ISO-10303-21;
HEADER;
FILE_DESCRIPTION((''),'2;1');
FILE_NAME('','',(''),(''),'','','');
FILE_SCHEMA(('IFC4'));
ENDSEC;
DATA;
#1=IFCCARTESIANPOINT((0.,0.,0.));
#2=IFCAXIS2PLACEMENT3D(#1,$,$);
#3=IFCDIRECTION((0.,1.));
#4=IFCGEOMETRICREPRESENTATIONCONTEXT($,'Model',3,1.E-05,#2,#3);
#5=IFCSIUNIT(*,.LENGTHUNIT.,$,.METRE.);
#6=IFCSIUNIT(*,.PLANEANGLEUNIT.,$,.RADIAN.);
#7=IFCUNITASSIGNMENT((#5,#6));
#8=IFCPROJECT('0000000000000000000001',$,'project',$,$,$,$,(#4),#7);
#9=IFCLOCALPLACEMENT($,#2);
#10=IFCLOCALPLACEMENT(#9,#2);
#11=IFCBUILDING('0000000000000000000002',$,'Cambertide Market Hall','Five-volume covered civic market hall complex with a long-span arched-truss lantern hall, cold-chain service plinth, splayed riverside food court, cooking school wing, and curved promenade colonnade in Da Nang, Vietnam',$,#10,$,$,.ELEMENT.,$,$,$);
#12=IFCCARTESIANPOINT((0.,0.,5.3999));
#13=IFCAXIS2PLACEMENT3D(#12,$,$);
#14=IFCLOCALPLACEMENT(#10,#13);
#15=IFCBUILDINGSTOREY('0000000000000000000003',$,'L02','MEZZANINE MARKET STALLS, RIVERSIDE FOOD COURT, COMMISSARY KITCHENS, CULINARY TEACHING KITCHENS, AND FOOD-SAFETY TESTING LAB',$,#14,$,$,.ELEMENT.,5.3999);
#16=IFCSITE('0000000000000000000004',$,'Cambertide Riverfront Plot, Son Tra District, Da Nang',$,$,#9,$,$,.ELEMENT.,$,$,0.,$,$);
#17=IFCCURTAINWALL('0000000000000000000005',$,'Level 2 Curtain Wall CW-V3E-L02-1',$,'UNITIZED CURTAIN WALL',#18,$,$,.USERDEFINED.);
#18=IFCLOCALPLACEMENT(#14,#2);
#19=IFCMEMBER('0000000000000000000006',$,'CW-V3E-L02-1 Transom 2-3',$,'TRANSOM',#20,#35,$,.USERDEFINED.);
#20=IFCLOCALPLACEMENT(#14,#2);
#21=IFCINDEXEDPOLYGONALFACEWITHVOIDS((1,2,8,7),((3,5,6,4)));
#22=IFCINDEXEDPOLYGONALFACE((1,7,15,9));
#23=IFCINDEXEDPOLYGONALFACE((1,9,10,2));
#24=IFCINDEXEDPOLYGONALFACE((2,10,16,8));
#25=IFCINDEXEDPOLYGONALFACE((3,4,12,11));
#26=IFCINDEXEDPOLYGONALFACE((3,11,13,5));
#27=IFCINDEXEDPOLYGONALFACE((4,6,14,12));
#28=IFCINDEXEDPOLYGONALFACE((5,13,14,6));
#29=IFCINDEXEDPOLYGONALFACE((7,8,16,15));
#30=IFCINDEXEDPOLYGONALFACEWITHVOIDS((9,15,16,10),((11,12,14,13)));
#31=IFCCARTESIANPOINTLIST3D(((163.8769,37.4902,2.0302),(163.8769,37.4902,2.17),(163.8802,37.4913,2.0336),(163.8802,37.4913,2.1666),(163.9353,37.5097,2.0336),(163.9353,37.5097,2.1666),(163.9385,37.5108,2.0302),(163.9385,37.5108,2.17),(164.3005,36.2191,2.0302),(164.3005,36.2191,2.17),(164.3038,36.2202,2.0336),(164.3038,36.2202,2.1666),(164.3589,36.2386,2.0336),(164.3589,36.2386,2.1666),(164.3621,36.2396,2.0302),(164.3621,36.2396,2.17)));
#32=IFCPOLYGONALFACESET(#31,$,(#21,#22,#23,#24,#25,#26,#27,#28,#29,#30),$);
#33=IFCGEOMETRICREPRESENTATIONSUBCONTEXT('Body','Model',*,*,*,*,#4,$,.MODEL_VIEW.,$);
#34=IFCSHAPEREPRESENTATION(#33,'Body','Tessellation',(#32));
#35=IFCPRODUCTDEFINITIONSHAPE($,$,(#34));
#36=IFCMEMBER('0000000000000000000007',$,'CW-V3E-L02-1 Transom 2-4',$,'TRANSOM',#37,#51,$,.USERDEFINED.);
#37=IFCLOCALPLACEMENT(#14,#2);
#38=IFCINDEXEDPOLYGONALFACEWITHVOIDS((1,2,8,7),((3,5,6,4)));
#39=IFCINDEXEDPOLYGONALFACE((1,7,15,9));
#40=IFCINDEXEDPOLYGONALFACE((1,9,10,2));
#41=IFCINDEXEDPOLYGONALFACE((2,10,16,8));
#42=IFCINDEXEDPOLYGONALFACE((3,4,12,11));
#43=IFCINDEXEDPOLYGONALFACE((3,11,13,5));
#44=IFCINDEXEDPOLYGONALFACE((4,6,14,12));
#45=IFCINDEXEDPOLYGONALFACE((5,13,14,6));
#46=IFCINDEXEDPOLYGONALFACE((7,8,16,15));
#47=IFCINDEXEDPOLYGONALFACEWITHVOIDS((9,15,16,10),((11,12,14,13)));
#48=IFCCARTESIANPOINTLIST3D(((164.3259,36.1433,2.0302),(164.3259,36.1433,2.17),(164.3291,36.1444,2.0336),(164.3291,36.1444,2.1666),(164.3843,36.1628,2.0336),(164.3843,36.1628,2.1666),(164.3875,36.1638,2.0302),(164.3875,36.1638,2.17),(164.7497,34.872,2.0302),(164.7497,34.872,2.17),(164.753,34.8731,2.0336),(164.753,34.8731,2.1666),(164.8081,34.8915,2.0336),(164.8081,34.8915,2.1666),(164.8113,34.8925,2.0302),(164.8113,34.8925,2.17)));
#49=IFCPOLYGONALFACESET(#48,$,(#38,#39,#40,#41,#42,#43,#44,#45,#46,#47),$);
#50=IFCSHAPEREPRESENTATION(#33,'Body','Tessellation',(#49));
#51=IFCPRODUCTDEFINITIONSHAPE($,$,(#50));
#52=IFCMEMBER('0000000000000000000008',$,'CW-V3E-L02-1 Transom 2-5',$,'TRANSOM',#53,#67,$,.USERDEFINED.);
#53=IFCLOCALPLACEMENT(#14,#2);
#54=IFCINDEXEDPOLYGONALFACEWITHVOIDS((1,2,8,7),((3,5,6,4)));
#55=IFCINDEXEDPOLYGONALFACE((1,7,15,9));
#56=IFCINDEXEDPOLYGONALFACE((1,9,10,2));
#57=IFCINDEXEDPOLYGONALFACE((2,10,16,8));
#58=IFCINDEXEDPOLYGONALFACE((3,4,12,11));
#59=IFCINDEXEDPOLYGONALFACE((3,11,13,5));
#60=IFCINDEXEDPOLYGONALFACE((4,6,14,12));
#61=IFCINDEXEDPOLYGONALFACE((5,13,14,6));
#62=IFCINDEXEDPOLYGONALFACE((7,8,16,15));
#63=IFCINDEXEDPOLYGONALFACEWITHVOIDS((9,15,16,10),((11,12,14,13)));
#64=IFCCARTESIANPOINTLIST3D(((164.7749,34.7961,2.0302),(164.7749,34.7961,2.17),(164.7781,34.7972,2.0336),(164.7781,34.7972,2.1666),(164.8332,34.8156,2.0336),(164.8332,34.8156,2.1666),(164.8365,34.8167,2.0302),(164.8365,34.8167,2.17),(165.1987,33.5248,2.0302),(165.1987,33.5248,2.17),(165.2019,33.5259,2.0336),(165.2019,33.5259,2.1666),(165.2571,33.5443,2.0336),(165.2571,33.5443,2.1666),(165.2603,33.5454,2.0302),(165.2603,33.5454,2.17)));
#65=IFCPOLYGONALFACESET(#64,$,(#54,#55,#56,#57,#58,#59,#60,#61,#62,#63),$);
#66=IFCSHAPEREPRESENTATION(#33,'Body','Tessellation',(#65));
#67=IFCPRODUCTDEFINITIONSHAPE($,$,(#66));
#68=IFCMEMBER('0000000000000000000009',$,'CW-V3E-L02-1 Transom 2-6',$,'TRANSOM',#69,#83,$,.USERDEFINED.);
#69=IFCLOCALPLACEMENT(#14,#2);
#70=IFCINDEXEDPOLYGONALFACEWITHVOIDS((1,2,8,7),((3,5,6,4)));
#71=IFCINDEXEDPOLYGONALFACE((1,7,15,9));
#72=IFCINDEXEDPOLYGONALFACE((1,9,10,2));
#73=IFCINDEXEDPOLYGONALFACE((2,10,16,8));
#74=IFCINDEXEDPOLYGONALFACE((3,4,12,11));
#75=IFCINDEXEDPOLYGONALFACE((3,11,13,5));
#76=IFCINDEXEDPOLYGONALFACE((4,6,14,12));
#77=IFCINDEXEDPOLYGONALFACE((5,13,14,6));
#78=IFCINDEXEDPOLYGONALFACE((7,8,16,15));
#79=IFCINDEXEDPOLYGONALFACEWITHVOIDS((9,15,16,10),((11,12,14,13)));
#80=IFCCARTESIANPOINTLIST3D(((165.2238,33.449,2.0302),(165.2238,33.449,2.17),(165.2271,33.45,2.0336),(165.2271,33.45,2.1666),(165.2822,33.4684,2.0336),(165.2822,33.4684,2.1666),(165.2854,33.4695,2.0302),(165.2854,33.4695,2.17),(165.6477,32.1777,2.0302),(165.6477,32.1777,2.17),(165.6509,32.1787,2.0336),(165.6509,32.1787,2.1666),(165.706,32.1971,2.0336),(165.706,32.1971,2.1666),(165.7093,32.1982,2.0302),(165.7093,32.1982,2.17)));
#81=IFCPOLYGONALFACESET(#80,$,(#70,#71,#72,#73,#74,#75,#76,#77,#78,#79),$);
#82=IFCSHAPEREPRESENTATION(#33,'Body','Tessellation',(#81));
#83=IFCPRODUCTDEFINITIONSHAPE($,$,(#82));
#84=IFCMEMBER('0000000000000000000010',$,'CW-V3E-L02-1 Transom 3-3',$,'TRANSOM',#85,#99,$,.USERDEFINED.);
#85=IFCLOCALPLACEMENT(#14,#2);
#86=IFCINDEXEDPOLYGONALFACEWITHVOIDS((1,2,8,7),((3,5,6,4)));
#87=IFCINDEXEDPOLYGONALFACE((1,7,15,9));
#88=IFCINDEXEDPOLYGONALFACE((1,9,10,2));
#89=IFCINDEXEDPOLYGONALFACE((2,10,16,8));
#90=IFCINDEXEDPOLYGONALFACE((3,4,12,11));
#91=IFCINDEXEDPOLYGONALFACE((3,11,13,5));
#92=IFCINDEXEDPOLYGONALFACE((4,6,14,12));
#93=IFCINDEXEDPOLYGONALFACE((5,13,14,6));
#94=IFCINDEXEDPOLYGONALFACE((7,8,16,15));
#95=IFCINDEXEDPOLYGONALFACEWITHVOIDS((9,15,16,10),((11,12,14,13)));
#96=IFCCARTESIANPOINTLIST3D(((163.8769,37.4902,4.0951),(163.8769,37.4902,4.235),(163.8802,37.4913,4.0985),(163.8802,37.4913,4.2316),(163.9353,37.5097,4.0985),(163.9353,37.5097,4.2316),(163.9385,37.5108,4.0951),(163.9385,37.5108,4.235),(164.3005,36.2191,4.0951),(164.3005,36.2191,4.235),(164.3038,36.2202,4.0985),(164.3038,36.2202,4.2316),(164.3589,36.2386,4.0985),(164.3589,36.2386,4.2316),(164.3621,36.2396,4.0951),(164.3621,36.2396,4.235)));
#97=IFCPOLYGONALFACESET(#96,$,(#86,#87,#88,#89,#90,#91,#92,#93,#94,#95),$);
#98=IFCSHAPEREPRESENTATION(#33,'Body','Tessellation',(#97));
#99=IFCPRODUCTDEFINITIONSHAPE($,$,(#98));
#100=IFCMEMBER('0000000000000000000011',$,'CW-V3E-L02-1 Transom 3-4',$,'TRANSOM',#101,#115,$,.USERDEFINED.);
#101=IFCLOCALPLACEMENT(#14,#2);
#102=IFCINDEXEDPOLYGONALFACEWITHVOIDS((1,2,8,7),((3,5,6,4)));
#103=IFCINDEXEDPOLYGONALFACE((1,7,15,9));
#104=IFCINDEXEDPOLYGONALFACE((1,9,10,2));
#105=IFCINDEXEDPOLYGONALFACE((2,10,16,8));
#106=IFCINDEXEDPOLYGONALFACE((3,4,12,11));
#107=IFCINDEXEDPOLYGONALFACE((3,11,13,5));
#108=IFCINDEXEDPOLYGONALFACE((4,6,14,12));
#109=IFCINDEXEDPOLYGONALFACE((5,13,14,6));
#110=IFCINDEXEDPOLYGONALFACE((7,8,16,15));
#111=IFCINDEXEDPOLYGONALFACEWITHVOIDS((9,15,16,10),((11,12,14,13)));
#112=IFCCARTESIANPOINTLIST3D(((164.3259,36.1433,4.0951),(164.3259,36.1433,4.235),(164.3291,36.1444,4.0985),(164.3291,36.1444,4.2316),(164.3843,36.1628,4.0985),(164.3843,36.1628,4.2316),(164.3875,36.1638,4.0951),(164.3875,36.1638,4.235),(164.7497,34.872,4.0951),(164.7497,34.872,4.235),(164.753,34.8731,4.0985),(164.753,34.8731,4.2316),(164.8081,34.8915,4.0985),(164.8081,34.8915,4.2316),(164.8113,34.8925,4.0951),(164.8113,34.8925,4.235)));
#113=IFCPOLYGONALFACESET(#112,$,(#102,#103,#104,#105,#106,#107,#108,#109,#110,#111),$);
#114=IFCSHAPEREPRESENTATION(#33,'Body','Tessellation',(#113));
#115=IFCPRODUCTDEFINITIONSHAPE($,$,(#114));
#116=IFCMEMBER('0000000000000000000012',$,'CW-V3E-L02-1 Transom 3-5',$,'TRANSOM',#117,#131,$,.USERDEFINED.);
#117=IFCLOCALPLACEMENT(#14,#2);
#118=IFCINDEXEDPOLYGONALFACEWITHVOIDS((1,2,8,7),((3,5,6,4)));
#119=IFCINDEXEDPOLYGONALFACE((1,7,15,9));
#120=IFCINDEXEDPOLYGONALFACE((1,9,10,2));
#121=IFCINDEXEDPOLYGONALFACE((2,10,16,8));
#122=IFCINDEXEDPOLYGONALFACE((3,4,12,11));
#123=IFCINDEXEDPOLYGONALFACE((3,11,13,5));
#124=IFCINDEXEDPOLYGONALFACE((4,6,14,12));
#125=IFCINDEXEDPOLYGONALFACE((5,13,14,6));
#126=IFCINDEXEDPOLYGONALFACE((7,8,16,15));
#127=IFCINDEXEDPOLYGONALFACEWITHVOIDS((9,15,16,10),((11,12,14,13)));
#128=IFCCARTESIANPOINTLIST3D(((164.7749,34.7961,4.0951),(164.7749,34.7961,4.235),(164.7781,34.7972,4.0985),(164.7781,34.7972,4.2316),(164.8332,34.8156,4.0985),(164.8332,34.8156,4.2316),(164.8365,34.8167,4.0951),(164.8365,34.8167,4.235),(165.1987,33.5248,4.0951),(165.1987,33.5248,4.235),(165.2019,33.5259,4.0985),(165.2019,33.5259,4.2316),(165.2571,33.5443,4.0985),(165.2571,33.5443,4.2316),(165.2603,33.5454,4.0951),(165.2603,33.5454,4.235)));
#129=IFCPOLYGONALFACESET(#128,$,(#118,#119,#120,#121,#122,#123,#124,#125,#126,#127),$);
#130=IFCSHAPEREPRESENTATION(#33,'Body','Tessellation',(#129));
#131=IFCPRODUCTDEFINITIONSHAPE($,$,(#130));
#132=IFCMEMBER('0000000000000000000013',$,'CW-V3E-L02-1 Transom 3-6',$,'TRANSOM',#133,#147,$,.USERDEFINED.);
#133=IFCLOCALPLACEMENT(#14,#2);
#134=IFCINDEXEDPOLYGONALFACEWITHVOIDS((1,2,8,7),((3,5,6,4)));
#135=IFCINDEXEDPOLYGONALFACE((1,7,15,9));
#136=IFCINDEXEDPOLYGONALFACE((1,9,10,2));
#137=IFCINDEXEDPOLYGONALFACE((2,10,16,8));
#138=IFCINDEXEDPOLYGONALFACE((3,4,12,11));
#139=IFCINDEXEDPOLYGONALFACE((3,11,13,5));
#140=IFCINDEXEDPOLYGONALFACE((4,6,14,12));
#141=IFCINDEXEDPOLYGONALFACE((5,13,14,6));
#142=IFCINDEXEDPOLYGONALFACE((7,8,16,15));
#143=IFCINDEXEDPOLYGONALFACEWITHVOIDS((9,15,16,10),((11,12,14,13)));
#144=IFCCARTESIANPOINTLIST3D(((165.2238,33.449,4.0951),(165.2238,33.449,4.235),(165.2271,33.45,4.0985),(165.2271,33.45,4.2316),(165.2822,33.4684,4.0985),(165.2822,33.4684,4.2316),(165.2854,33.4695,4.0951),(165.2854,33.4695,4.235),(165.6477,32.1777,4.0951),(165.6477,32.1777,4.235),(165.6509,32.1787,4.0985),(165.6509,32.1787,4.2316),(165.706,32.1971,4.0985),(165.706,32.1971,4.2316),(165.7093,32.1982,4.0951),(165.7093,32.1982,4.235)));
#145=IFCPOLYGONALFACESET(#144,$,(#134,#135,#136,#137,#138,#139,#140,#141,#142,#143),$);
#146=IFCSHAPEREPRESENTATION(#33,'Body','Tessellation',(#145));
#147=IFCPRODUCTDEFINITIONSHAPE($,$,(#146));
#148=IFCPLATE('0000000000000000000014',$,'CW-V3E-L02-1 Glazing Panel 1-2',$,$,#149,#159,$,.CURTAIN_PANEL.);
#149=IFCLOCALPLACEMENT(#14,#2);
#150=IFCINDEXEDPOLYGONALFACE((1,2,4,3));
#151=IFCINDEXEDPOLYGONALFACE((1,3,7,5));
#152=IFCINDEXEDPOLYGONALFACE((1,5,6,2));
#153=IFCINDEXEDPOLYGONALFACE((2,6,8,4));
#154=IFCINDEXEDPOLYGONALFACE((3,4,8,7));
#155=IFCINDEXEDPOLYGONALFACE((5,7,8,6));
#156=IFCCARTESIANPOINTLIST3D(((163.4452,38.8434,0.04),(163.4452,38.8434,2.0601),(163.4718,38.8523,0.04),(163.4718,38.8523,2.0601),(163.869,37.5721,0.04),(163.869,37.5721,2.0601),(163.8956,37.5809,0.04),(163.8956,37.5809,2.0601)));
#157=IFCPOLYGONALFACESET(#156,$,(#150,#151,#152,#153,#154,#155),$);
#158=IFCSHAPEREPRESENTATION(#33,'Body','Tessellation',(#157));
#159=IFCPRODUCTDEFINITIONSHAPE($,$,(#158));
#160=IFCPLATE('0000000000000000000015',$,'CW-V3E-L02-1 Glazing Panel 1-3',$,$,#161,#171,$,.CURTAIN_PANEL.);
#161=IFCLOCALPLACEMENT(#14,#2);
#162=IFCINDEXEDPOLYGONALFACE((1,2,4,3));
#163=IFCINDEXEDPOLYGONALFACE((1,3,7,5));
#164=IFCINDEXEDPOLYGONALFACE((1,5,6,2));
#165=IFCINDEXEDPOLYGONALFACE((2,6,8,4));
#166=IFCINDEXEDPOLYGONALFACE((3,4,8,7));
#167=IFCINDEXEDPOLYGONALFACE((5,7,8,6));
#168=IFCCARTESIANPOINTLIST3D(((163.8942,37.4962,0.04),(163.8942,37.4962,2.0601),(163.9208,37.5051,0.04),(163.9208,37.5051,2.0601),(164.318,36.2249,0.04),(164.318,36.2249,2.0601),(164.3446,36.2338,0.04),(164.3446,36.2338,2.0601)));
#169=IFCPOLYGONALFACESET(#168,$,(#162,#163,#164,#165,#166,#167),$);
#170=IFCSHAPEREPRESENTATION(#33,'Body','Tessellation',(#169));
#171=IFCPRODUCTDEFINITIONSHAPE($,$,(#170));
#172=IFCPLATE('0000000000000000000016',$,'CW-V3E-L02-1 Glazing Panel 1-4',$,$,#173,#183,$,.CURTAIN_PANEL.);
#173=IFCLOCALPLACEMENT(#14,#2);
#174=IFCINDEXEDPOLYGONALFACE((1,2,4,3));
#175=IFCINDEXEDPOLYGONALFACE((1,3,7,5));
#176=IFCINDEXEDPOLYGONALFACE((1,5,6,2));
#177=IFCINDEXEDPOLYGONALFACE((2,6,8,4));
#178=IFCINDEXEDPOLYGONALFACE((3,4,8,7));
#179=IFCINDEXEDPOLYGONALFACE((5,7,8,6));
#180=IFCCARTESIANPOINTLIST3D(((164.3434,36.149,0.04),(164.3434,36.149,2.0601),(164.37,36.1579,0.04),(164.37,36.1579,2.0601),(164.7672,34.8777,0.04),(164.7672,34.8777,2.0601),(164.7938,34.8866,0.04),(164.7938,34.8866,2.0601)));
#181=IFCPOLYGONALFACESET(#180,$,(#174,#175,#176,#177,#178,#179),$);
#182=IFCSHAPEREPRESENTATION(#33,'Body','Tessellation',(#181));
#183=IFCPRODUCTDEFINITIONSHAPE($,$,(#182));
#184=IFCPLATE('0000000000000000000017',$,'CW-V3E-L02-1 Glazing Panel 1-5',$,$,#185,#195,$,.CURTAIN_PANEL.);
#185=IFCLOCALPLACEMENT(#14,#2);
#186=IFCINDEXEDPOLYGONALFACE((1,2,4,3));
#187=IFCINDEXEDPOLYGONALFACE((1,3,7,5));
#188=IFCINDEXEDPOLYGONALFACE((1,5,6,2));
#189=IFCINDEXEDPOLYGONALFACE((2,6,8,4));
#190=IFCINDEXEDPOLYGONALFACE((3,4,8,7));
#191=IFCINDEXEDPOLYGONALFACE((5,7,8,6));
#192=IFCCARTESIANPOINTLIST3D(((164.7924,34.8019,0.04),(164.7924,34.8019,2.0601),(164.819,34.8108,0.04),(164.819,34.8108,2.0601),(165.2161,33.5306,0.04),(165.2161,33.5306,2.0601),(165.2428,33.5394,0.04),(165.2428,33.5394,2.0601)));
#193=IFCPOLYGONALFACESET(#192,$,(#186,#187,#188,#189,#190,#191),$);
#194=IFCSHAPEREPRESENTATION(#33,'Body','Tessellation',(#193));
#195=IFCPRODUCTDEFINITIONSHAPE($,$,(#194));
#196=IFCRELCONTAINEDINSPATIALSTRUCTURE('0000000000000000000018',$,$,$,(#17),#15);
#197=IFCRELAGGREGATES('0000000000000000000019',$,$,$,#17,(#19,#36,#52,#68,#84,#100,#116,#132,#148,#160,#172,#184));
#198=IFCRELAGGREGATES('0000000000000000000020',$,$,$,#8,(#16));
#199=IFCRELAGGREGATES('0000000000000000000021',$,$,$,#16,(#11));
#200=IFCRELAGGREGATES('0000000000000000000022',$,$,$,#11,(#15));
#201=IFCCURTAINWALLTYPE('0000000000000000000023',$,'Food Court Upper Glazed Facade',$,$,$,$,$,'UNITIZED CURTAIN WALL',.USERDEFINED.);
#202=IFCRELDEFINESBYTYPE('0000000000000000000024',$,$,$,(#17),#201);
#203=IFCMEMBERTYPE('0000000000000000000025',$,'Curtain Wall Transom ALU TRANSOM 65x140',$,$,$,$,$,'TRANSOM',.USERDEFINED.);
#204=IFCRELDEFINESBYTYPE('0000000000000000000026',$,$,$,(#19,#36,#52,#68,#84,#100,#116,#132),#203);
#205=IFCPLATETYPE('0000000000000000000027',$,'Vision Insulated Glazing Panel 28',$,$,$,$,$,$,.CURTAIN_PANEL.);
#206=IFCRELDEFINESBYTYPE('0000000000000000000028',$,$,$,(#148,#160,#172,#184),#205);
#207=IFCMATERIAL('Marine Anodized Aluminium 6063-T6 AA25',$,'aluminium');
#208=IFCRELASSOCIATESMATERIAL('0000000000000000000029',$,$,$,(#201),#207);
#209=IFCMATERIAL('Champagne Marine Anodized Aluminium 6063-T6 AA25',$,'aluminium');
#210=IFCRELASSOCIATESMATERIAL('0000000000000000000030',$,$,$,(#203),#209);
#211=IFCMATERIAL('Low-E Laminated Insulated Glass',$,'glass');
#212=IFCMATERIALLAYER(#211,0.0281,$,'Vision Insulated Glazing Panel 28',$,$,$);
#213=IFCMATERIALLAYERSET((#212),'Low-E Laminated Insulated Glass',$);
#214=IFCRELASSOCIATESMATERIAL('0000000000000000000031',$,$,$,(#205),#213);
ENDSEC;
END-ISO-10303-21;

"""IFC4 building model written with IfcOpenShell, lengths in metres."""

from ifc_helpers import new_model, si_unit, direction, frame, origin, origin_2d, place, context, subcontext, project, spatial, rectangle, hollow_rectangle, extrude, material, layer, layer_set, material_profile, profile_set, type_object, element, aggregate, save


model = new_model("IFC4")

# Units and contexts
model_context = context("Model", 3, precision=1e-05, world=origin(), true_north=direction((0.0, 1.0)))
body_context = subcontext(model_context, "Body", "Model", "MODEL_VIEW")
ifc_project = project(units=[si_unit("LENGTHUNIT", "METRE"), si_unit("PLANEANGLEUNIT", "RADIAN")], contexts=[model_context])

# Site, building, storey
site_placement = place(None, origin())
site = spatial("IfcSite", under=ifc_project, at=site_placement, Name="Cambertide Riverfront Plot, Son Tra District, Da Nang", CompositionType="ELEMENT", RefElevation=0.0)
building_placement = place(site_placement, origin())
building = spatial("IfcBuilding", under=site, at=building_placement, Name="Cambertide Market Hall", Description="Five-volume covered civic market hall complex with a long-span arched-truss lantern hall, cold-chain service plinth, splayed riverside food court, cooking school wing, and curved promenade colonnade in Da Nang, Vietnam", CompositionType="ELEMENT")
storey_placement = place(building_placement, frame((0.0, 0.0, 5.3999)))
storey = spatial("IfcBuildingStorey", under=building, at=storey_placement, Name="L02", Description="MEZZANINE MARKET STALLS, RIVERSIDE FOOD COURT, COMMISSARY KITCHENS, CULINARY TEACHING KITCHENS, AND FOOD-SAFETY TESTING LAB", CompositionType="ELEMENT", Elevation=5.3999)

# Curtain wall, members, plates
ifc_material_1 = material(Name="Marine Anodized Aluminium 6063-T6 AA25", Category="aluminium")
curtain_wall_type = type_object("IfcCurtainWallType", Name="Food Court Upper Glazed Facade", ElementType="UNITIZED CURTAIN WALL", PredefinedType="USERDEFINED", material=ifc_material_1)
curtain_wall_placement = place(storey_placement, origin())
curtain_wall = element("IfcCurtainWall", 1, at=curtain_wall_placement, inside=storey, type_object=curtain_wall_type, Name="Level 2 Curtain Wall CW-V3E-L02-1", ObjectType="UNITIZED CURTAIN WALL", PredefinedType="USERDEFINED")
ifc_material_2 = material(Name="Champagne Marine Anodized Aluminium 6063-T6 AA25", Category="aluminium")
ifc_material_profile_1 = material_profile(ifc_material_2, hollow_rectangle(XDim=0.0649, YDim=0.1399, WallThickness=0.0034, at=origin_2d()), Name="ALU TRANSOM 65x140")
ifc_profile_set_1 = profile_set([ifc_material_profile_1], Name="Champagne Marine Anodized Aluminium 6063-T6 AA25")
member_type_1 = type_object("IfcMemberType", Name="Curtain Wall Transom ALU TRANSOM 65x140", ElementType="TRANSOM", PredefinedType="USERDEFINED", material=ifc_profile_set_1)
member_1_placement = place(storey_placement, frame((163.9077, 37.5005, 2.1001), z_axis=(0.316173, -0.948702, 0.0), x_axis=(0.948702, 0.316173, 0.0)))
member_1 = element("IfcMember", 2, at=member_1_placement, type_object=member_type_1, Name="CW-V3E-L02-1 Transom 2-3", ObjectType="TRANSOM", PredefinedType="USERDEFINED", context=body_context, shape_type="SweptSolid", body=[
    extrude(hollow_rectangle(XDim=0.0649, YDim=0.1399, WallThickness=0.0034, at=origin_2d()), origin(), (0.0, 0.0, 1.0), 1.3398),
])
member_2_placement = place(storey_placement, frame((164.3567, 36.1536, 2.1001), z_axis=(0.316282, -0.948665, 0.0), x_axis=(0.948665, 0.316282, 0.0)))
member_2 = element("IfcMember", 3, at=member_2_placement, type_object=member_type_1, Name="CW-V3E-L02-1 Transom 2-4", ObjectType="TRANSOM", PredefinedType="USERDEFINED", context=body_context, shape_type="SweptSolid", body=[
    extrude(hollow_rectangle(XDim=0.0649, YDim=0.1399, WallThickness=0.0034, at=origin_2d()), origin(), (0.0, 0.0, 1.0), 1.3401),
])
member_3_placement = place(storey_placement, frame((164.8057, 34.8064, 2.1001), z_axis=(0.316282, -0.948665, 0.0), x_axis=(0.948665, 0.316282, 0.0)))
member_3 = element("IfcMember", 4, at=member_3_placement, type_object=member_type_1, Name="CW-V3E-L02-1 Transom 2-5", ObjectType="TRANSOM", PredefinedType="USERDEFINED", context=body_context, shape_type="SweptSolid", body=[
    extrude(hollow_rectangle(XDim=0.0649, YDim=0.1399, WallThickness=0.0034, at=origin_2d()), origin(), (0.0, 0.0, 1.0), 1.3401),
])
member_4_placement = place(storey_placement, frame((165.2546, 33.4592, 2.1001), z_axis=(0.316282, -0.948665, 0.0), x_axis=(0.948665, 0.316282, 0.0)))
member_4 = element("IfcMember", 5, at=member_4_placement, type_object=member_type_1, Name="CW-V3E-L02-1 Transom 2-6", ObjectType="TRANSOM", PredefinedType="USERDEFINED", context=body_context, shape_type="SweptSolid", body=[
    extrude(hollow_rectangle(XDim=0.0649, YDim=0.1399, WallThickness=0.0034, at=origin_2d()), origin(), (0.0, 0.0, 1.0), 1.3401),
])
member_5_placement = place(storey_placement, frame((163.9077, 37.5005, 4.165), z_axis=(0.316173, -0.948702, 0.0), x_axis=(0.948702, 0.316173, 0.0)))
member_5 = element("IfcMember", 6, at=member_5_placement, type_object=member_type_1, Name="CW-V3E-L02-1 Transom 3-3", ObjectType="TRANSOM", PredefinedType="USERDEFINED", context=body_context, shape_type="SweptSolid", body=[
    extrude(hollow_rectangle(XDim=0.0649, YDim=0.1399, WallThickness=0.0034, at=origin_2d()), origin(), (0.0, 0.0, 1.0), 1.3398),
])
member_6_placement = place(storey_placement, frame((164.3567, 36.1536, 4.165), z_axis=(0.316282, -0.948665, 0.0), x_axis=(0.948665, 0.316282, 0.0)))
member_6 = element("IfcMember", 7, at=member_6_placement, type_object=member_type_1, Name="CW-V3E-L02-1 Transom 3-4", ObjectType="TRANSOM", PredefinedType="USERDEFINED", context=body_context, shape_type="SweptSolid", body=[
    extrude(hollow_rectangle(XDim=0.0649, YDim=0.1399, WallThickness=0.0034, at=origin_2d()), origin(), (0.0, 0.0, 1.0), 1.3401),
])
member_7_placement = place(storey_placement, frame((164.8057, 34.8064, 4.165), z_axis=(0.316282, -0.948665, 0.0), x_axis=(0.948665, 0.316282, 0.0)))
member_7 = element("IfcMember", 8, at=member_7_placement, type_object=member_type_1, Name="CW-V3E-L02-1 Transom 3-5", ObjectType="TRANSOM", PredefinedType="USERDEFINED", context=body_context, shape_type="SweptSolid", body=[
    extrude(hollow_rectangle(XDim=0.0649, YDim=0.1399, WallThickness=0.0034, at=origin_2d()), origin(), (0.0, 0.0, 1.0), 1.3401),
])
member_8_placement = place(storey_placement, frame((165.2546, 33.4592, 4.165), z_axis=(0.316282, -0.948665, 0.0), x_axis=(0.948665, 0.316282, 0.0)))
member_8 = element("IfcMember", 9, at=member_8_placement, type_object=member_type_1, Name="CW-V3E-L02-1 Transom 3-6", ObjectType="TRANSOM", PredefinedType="USERDEFINED", context=body_context, shape_type="SweptSolid", body=[
    extrude(hollow_rectangle(XDim=0.0649, YDim=0.1399, WallThickness=0.0034, at=origin_2d()), origin(), (0.0, 0.0, 1.0), 1.3401),
])
ifc_material_3 = material(Name="Low-E Laminated Insulated Glass", Category="glass")
ifc_layer = layer(ifc_material_3, 0.0281, Name="Vision Insulated Glazing Panel 28")
ifc_layer_set = layer_set([ifc_layer], Name="Low-E Laminated Insulated Glass")
plate_type = type_object("IfcPlateType", Name="Vision Insulated Glazing Panel 28", PredefinedType="CURTAIN_PANEL", material=ifc_layer_set)
plate_1_placement = place(storey_placement, frame((163.6704, 38.2122, 0.04), z_axis=(0.0, 0.0, 1.0), x_axis=(0.316228, -0.948683, 0.0)))
plate_1 = element("IfcPlate", 10, at=plate_1_placement, type_object=plate_type, Name="CW-V3E-L02-1 Glazing Panel 1-2", PredefinedType="CURTAIN_PANEL", context=body_context, shape_type="SweptSolid", body=[
    extrude(rectangle(XDim=1.3401, YDim=0.0281, at=origin_2d()), origin(), (0.0, 0.0, 1.0), 2.02),
])
plate_2_placement = place(storey_placement, frame((164.1194, 36.865, 0.04), z_axis=(0.0, 0.0, 1.0), x_axis=(0.316228, -0.948683, 0.0)))
plate_2 = element("IfcPlate", 11, at=plate_2_placement, type_object=plate_type, Name="CW-V3E-L02-1 Glazing Panel 1-3", PredefinedType="CURTAIN_PANEL", context=body_context, shape_type="SweptSolid", body=[
    extrude(rectangle(XDim=1.3401, YDim=0.0281, at=origin_2d()), origin(), (0.0, 0.0, 1.0), 2.02),
])
plate_3_placement = place(storey_placement, frame((164.5686, 35.5178, 0.04), z_axis=(0.0, 0.0, 1.0), x_axis=(0.316228, -0.948683, 0.0)))
plate_3 = element("IfcPlate", 12, at=plate_3_placement, type_object=plate_type, Name="CW-V3E-L02-1 Glazing Panel 1-4", PredefinedType="CURTAIN_PANEL", context=body_context, shape_type="SweptSolid", body=[
    extrude(rectangle(XDim=1.3401, YDim=0.0281, at=origin_2d()), origin(), (0.0, 0.0, 1.0), 2.02),
])
plate_4_placement = place(storey_placement, frame((165.0176, 34.1707, 0.04), z_axis=(0.0, 0.0, 1.0), x_axis=(0.316228, -0.948683, 0.0)))
plate_4 = element("IfcPlate", 13, at=plate_4_placement, type_object=plate_type, Name="CW-V3E-L02-1 Glazing Panel 1-5", PredefinedType="CURTAIN_PANEL", context=body_context, shape_type="SweptSolid", body=[
    extrude(rectangle(XDim=1.3401, YDim=0.0281, at=origin_2d()), origin(), (0.0, 0.0, 1.0), 2.02),
])
aggregate(curtain_wall, [member_1, member_2, member_3, member_4, member_5, member_6, member_7, member_8, plate_1, plate_2, plate_3, plate_4])

save(model, "model.ifc")
